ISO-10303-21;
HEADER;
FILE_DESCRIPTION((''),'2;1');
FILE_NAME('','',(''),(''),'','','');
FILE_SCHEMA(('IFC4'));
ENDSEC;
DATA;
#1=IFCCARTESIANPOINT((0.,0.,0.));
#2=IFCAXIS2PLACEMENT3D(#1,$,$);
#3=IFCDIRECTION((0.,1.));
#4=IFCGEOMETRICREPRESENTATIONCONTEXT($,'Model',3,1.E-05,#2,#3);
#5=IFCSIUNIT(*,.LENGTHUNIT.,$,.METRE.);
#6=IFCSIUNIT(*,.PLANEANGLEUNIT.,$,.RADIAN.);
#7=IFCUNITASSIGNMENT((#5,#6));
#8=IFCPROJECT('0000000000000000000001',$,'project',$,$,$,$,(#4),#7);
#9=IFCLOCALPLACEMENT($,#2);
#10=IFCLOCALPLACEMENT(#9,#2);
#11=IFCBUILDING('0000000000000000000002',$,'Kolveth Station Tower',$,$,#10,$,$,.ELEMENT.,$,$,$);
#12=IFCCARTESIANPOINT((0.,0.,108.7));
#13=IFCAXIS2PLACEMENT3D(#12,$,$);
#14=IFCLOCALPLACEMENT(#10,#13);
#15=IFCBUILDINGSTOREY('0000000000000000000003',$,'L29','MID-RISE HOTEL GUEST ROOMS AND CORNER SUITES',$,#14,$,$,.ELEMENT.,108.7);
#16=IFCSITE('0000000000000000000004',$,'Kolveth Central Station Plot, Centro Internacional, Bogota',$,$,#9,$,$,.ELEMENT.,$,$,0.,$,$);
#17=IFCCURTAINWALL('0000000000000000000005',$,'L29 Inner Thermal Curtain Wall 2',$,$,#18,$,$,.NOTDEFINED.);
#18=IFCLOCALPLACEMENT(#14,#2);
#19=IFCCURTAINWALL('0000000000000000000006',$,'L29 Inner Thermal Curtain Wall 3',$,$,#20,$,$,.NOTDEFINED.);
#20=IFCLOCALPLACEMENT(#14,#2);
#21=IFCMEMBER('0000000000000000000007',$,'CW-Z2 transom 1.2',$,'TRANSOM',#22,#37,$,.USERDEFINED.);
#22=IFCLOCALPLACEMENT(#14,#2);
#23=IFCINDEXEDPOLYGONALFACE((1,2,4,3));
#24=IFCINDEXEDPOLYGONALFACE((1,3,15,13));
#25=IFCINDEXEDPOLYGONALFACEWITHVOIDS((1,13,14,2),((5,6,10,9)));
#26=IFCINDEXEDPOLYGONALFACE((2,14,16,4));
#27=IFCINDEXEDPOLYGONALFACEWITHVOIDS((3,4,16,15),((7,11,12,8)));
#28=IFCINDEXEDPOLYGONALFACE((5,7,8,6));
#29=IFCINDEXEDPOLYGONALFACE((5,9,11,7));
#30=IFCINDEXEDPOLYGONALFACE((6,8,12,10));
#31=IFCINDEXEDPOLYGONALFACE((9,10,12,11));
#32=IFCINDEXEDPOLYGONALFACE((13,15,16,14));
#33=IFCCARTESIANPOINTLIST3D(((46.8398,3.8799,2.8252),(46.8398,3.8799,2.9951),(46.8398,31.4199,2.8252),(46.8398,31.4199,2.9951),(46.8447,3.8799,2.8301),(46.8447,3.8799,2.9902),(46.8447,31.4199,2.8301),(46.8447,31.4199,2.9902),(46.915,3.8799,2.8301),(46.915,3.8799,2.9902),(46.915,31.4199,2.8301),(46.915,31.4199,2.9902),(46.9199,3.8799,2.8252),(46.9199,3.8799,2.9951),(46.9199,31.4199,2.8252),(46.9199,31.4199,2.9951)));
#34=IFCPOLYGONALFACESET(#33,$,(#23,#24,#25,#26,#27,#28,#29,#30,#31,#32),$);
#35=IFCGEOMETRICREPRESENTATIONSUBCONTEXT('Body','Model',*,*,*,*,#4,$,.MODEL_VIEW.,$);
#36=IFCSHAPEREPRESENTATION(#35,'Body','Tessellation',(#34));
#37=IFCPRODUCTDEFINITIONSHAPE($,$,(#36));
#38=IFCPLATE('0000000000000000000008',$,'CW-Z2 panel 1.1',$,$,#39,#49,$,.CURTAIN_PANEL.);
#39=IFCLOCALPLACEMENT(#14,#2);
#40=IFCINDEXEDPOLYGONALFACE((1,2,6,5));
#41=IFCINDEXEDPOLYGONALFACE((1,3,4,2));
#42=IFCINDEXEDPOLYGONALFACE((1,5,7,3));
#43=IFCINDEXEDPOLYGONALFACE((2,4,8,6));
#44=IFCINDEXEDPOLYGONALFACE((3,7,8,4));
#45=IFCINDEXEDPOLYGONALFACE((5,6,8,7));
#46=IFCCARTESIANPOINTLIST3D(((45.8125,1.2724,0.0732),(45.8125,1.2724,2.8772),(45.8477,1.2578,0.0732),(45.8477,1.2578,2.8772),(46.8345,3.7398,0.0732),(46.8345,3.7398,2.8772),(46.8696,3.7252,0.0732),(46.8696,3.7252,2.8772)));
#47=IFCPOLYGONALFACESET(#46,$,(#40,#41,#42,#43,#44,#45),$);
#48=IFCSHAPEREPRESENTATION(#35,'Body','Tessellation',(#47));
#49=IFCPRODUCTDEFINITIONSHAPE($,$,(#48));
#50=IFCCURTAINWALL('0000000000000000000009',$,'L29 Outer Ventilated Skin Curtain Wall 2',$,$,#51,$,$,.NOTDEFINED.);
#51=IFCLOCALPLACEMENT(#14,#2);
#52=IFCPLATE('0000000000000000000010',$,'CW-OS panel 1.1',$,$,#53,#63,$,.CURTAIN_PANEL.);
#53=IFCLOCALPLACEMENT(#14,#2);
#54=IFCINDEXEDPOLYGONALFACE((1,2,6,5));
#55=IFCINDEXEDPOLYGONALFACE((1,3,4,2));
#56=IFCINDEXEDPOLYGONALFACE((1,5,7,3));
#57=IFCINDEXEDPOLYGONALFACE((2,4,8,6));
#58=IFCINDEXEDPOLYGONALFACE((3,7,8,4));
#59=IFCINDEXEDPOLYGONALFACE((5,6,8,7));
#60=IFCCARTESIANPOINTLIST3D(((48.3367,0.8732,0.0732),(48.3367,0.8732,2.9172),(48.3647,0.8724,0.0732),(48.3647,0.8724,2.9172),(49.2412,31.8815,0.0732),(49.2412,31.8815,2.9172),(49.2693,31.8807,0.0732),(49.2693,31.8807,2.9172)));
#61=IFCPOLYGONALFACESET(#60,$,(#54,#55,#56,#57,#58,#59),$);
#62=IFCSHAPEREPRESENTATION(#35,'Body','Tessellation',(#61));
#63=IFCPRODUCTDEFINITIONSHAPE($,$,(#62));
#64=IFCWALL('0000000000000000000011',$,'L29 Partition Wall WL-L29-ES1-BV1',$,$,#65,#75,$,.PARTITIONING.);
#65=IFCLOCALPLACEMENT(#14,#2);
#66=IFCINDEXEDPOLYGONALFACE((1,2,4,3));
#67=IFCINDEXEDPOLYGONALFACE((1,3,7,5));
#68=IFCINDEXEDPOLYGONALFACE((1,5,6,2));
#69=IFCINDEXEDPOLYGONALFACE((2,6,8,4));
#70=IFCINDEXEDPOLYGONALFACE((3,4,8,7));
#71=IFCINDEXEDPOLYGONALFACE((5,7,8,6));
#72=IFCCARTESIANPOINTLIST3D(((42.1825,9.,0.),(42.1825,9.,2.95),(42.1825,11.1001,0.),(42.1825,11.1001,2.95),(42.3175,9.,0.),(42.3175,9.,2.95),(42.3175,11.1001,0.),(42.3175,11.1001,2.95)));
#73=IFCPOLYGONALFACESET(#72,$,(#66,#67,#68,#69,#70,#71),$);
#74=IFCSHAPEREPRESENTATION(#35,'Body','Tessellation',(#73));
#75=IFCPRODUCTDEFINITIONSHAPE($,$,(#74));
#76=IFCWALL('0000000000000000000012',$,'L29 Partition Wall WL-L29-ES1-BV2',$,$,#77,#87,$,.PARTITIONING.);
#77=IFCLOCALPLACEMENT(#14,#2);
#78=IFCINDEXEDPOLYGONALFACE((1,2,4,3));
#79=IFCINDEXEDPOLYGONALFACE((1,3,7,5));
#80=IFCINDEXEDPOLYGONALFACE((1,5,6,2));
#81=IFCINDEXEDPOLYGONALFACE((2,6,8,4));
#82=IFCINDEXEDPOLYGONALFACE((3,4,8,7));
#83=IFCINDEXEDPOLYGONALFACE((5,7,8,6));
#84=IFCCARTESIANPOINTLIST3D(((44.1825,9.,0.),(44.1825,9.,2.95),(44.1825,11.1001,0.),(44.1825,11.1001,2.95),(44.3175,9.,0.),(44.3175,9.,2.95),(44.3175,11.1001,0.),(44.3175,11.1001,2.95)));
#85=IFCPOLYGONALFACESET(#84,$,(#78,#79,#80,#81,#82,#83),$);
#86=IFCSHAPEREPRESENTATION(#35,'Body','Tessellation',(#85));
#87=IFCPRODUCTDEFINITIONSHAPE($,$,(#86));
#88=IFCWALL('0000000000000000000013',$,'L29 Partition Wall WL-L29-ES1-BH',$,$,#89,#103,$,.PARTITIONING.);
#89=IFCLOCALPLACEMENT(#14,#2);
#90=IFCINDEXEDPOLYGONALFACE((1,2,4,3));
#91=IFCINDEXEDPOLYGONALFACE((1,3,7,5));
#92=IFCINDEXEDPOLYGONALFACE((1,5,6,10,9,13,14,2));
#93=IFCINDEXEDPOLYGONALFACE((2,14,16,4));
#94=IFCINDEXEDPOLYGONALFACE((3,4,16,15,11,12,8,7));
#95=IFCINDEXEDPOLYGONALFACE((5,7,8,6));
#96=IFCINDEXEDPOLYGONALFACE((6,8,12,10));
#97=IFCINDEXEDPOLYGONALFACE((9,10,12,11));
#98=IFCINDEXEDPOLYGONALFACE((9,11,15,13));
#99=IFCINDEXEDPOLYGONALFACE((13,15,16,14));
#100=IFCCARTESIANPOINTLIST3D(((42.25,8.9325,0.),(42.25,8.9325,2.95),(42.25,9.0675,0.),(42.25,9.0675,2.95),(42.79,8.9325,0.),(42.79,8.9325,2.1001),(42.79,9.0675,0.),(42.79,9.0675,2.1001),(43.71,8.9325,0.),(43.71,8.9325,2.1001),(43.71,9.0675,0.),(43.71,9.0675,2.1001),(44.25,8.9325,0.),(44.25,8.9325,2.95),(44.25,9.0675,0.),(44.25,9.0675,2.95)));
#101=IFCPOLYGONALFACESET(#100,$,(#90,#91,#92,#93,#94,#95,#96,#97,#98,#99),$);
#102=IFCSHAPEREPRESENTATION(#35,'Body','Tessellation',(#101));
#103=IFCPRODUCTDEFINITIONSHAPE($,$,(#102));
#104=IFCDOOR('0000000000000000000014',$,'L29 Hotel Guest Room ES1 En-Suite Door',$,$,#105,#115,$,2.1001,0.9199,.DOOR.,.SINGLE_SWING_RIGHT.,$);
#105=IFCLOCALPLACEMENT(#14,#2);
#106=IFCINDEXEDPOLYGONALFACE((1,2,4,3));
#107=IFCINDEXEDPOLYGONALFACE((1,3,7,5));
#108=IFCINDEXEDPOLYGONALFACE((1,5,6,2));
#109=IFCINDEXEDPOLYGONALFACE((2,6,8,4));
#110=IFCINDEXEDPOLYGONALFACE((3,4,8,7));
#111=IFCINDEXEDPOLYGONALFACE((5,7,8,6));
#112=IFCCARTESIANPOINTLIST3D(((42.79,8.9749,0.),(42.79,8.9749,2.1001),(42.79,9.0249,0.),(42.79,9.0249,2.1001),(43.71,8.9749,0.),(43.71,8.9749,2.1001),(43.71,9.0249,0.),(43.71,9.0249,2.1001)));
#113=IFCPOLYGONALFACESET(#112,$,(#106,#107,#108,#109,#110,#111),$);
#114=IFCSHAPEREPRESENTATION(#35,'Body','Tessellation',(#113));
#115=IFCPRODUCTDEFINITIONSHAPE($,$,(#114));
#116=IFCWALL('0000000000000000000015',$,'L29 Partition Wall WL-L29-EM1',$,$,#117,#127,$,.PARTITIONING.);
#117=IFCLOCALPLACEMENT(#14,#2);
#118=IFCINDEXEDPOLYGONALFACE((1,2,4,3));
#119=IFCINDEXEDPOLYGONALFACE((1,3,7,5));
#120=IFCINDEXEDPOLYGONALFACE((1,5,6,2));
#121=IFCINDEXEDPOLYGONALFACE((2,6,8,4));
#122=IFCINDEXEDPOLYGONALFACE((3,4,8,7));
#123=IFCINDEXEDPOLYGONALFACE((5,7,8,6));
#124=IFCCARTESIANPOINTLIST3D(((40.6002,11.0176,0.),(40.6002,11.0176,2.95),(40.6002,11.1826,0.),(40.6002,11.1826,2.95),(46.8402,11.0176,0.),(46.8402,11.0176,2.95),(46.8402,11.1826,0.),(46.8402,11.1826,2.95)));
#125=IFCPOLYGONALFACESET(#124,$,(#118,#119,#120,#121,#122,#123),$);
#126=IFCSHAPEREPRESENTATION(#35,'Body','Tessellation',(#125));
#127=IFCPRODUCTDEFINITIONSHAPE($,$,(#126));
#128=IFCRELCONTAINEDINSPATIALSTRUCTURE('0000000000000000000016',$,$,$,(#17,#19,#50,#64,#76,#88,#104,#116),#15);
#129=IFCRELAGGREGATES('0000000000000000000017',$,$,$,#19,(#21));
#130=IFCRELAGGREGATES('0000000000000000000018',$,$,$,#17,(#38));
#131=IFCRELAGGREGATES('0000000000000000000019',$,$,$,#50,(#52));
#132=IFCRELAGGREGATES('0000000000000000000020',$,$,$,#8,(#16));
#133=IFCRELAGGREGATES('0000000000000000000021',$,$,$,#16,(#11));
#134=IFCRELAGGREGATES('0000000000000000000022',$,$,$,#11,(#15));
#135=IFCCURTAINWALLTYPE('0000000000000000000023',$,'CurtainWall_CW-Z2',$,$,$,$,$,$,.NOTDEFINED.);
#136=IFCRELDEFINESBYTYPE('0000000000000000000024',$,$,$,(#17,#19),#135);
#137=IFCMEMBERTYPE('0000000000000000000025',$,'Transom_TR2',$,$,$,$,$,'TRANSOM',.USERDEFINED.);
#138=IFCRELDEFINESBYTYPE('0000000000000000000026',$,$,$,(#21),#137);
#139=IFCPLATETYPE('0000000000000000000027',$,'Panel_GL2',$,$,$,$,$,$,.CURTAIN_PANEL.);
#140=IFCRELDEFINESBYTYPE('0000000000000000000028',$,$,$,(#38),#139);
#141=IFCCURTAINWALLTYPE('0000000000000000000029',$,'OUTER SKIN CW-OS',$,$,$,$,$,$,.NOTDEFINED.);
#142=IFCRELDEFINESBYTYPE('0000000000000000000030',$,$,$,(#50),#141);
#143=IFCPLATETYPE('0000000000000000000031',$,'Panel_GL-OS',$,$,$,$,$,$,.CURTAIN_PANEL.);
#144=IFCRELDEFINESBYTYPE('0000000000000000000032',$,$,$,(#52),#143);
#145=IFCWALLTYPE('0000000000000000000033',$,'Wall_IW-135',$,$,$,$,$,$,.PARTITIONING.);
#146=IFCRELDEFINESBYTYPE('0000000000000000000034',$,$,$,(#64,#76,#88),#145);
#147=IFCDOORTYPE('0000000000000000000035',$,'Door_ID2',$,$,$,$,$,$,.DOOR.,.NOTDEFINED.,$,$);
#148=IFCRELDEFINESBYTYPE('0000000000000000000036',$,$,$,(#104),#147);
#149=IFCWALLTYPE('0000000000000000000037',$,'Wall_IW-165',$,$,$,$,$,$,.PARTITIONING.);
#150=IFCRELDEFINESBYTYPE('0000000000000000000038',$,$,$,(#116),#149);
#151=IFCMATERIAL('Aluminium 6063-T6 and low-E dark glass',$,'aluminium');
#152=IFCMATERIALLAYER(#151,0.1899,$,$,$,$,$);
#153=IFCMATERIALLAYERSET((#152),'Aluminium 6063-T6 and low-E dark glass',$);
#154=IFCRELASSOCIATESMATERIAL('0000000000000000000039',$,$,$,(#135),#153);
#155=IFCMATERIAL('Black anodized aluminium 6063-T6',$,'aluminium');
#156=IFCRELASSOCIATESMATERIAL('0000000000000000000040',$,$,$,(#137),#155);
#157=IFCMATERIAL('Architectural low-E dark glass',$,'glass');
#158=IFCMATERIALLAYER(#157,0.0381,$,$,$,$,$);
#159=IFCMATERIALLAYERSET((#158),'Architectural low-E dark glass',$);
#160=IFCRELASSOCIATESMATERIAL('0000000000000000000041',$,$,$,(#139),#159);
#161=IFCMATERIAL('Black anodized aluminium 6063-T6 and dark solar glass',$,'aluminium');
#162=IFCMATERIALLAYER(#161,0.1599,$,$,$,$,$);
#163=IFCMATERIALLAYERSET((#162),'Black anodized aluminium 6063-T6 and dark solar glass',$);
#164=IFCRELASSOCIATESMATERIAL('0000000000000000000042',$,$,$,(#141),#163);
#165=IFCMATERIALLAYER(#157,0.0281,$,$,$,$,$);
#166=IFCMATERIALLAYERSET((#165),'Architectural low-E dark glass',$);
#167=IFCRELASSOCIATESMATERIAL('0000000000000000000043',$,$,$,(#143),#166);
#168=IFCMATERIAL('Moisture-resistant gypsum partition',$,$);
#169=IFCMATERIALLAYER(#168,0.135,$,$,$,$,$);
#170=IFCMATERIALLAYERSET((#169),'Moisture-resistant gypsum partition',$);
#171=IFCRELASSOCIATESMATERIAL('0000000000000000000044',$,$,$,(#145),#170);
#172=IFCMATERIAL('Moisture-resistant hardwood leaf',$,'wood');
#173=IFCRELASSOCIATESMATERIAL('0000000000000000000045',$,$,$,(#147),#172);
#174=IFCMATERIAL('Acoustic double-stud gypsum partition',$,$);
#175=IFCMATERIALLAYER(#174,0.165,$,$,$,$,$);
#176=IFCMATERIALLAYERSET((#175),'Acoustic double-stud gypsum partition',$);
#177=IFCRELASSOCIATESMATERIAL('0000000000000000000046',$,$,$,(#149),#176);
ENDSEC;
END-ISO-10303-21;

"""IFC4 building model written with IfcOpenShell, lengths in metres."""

from ifc_helpers import new_model, si_unit, direction, frame, frame_2d, origin, origin_2d, place, context, subcontext, project, spatial, rectangle, hollow_rectangle, extrude, source, transform, mapped, material, layer, layer_set, material_profile, profile_set, type_object, element, fill, aggregate, save


model = new_model("IFC4")

# Units and contexts
model_context = context("Model", 3, precision=1e-05, world=origin(), true_north=direction((0.0, 1.0)))
body_context = subcontext(model_context, "Body", "Model", "MODEL_VIEW")
ifc_project = project(units=[si_unit("LENGTHUNIT", "METRE"), si_unit("PLANEANGLEUNIT", "RADIAN")], contexts=[model_context])

# Site, building, storey
site_placement = place(None, origin())
site = spatial("IfcSite", under=ifc_project, at=site_placement, Name="Kolveth Central Station Plot, Centro Internacional, Bogota", CompositionType="ELEMENT", RefElevation=0.0)
building_placement = place(site_placement, origin())
building = spatial("IfcBuilding", under=site, at=building_placement, Name="Kolveth Station Tower", CompositionType="ELEMENT")
storey_placement = place(building_placement, frame((0.0, 0.0, 108.7)))
storey = spatial("IfcBuildingStorey", under=building, at=storey_placement, Name="L29", Description="MID-RISE HOTEL GUEST ROOMS AND CORNER SUITES", CompositionType="ELEMENT", Elevation=108.7)

# Curtain wall
ifc_material_1 = material(Name="Aluminium 6063-T6 and low-E dark glass", Category="aluminium")
ifc_layer_1 = layer(ifc_material_1, 0.1899)
ifc_layer_set_1 = layer_set([ifc_layer_1], Name="Aluminium 6063-T6 and low-E dark glass")
curtain_wall_type_1 = type_object("IfcCurtainWallType", Name="CurtainWall_CW-Z2", PredefinedType="NOTDEFINED", material=ifc_layer_set_1)
curtain_wall_1_placement = place(storey_placement, origin())
curtain_wall_1 = element("IfcCurtainWall", 1, at=curtain_wall_1_placement, inside=storey, type_object=curtain_wall_type_1, Name="L29 Inner Thermal Curtain Wall 2", PredefinedType="NOTDEFINED")
ifc_material_2 = material(Name="Black anodized aluminium 6063-T6", Category="aluminium")

# Curtain wall
curtain_wall_2_placement = place(storey_placement, origin())
curtain_wall_2 = element("IfcCurtainWall", 2, at=curtain_wall_2_placement, inside=storey, type_object=curtain_wall_type_1, Name="L29 Inner Thermal Curtain Wall 3", PredefinedType="NOTDEFINED")

# Member
ifc_material_profile_1 = material_profile(ifc_material_2, hollow_rectangle(XDim=0.0801, YDim=0.1699, WallThickness=0.0049, at=origin_2d()), Name="ALU-80x170x5")
ifc_profile_set_1 = profile_set([ifc_material_profile_1], Name="Black anodized aluminium 6063-T6")
member_type_1 = type_object("IfcMemberType", Name="Transom_TR2", ElementType="TRANSOM", PredefinedType="USERDEFINED", material=ifc_profile_set_1)
shared_shape_1 = source(origin(), body_context, "Body", "SweptSolid", [
    extrude(hollow_rectangle(XDim=0.0801, YDim=0.1699, WallThickness=0.0049, at=origin_2d()), origin(), (0.0, 0.0, 1.0), 27.54),
])
member_1_placement = place(storey_placement, frame((46.8799, 3.8799, 2.9102), z_axis=(0.0, 1.0, 0.0), x_axis=(-1.0, 0.0, 0.0)))
member_1 = element("IfcMember", 3, at=member_1_placement, type_object=member_type_1, Name="CW-Z2 transom 1.2", ObjectType="TRANSOM", PredefinedType="USERDEFINED", context=body_context, shape_type="MappedRepresentation", body=[
    mapped(shared_shape_1, transform((0.0, 0.0, 0.0), x_axis=(1.0, 0.0, 0.0), y_axis=(0.0, 1.0, 0.0), z_axis=(0.0, 0.0, 1.0), scale=1.0)),
])
aggregate(curtain_wall_2, [member_1])

# Plate
ifc_material_3 = material(Name="Architectural low-E dark glass", Category="glass")
ifc_layer_2 = layer(ifc_material_3, 0.0381)
ifc_layer_set_2 = layer_set([ifc_layer_2], Name="Architectural low-E dark glass")
plate_type_1 = type_object("IfcPlateType", Name="Panel_GL2", PredefinedType="CURTAIN_PANEL", material=ifc_layer_set_2)
shared_shape_2 = source(origin(), body_context, "Body", "SweptSolid", [
    extrude(rectangle(XDim=2.6707, YDim=0.0381, at=origin_2d()), origin(), (0.0, 0.0, 1.0), 2.804),
])
plate_1_placement = place(storey_placement, frame((46.3411, 2.4988, 0.0732), z_axis=(0.0, 0.0, 1.0), x_axis=(0.382663, 0.923888, 0.0)))
plate_1 = element("IfcPlate", 4, at=plate_1_placement, type_object=plate_type_1, Name="CW-Z2 panel 1.1", PredefinedType="CURTAIN_PANEL", context=body_context, shape_type="MappedRepresentation", body=[
    mapped(shared_shape_2, transform((0.0, 0.0, 0.0), x_axis=(1.0, 0.0, 0.0), y_axis=(0.0, 1.0, 0.0), z_axis=(0.0, 0.0, 1.0), scale=1.0)),
])
aggregate(curtain_wall_1, [plate_1])

# Curtain wall, plate
ifc_material_4 = material(Name="Black anodized aluminium 6063-T6 and dark solar glass", Category="aluminium")
ifc_layer_3 = layer(ifc_material_4, 0.1599)
ifc_layer_set_3 = layer_set([ifc_layer_3], Name="Black anodized aluminium 6063-T6 and dark solar glass")
curtain_wall_type_2 = type_object("IfcCurtainWallType", Name="OUTER SKIN CW-OS", PredefinedType="NOTDEFINED", material=ifc_layer_set_3)
curtain_wall_3_placement = place(storey_placement, origin())
curtain_wall_3 = element("IfcCurtainWall", 5, at=curtain_wall_3_placement, inside=storey, type_object=curtain_wall_type_2, Name="L29 Outer Ventilated Skin Curtain Wall 2", PredefinedType="NOTDEFINED")
ifc_layer_4 = layer(ifc_material_3, 0.0281)
ifc_layer_set_4 = layer_set([ifc_layer_4], Name="Architectural low-E dark glass")
plate_type_2 = type_object("IfcPlateType", Name="Panel_GL-OS", PredefinedType="CURTAIN_PANEL", material=ifc_layer_set_4)
shared_shape_3 = source(origin(), body_context, "Body", "SweptSolid", [
    extrude(rectangle(XDim=31.0215, YDim=0.0281, at=origin_2d()), origin(), (0.0, 0.0, 1.0), 2.844),
])
plate_2_placement = place(storey_placement, frame((48.803, 16.377, 0.0732), z_axis=(0.0, 0.0, 1.0), x_axis=(0.029159, 0.999575, 0.0)))
plate_2 = element("IfcPlate", 6, at=plate_2_placement, type_object=plate_type_2, Name="CW-OS panel 1.1", PredefinedType="CURTAIN_PANEL", context=body_context, shape_type="MappedRepresentation", body=[
    mapped(shared_shape_3, transform((0.0, 0.0, 0.0), x_axis=(1.0, 0.0, 0.0), y_axis=(0.0, 1.0, 0.0), z_axis=(0.0, 0.0, 1.0), scale=1.0)),
])
aggregate(curtain_wall_3, [plate_2])

# Walls
ifc_material_5 = material(Name="Moisture-resistant gypsum partition")
ifc_layer_5 = layer(ifc_material_5, 0.135)
ifc_layer_set_5 = layer_set([ifc_layer_5], Name="Moisture-resistant gypsum partition")
wall_type_1 = type_object("IfcWallType", Name="Wall_IW-135", PredefinedType="PARTITIONING", material=ifc_layer_set_5)
for number, where, z_axis, x_axis, name in (
    (7, (42.25, 9.0, 0.0), (0.0, 0.0, 1.0), (0.0, 1.0, 0.0), "L29 Partition Wall WL-L29-ES1-BV1"),
    (8, (44.25, 9.0, 0.0), (0.0, 0.0, 1.0), (0.0, 1.0, 0.0), "L29 Partition Wall WL-L29-ES1-BV2"),
):
    element("IfcWall", number, at=place(storey_placement, frame(where, z_axis=z_axis, x_axis=x_axis)), inside=storey, type_object=wall_type_1, Name=name, PredefinedType="PARTITIONING", context=body_context, shape_type="SweptSolid", body=[
        extrude(rectangle(XDim=2.1001, YDim=0.135, at=frame_2d((1.05, 0.0))), origin(), (0.0, 0.0, 1.0), 2.95),
    ])

# Wall, opening, door
wall_1_placement = place(storey_placement, frame((42.25, 9.0, 0.0), z_axis=(0.0, 0.0, 1.0), x_axis=(1.0, 0.0, 0.0)))
wall_1 = element("IfcWall", 9, at=wall_1_placement, inside=storey, type_object=wall_type_1, Name="L29 Partition Wall WL-L29-ES1-BH", PredefinedType="PARTITIONING", context=body_context, shape_type="SweptSolid", body=[
    extrude(rectangle(XDim=2.0, YDim=0.135, at=frame_2d((1.0, 0.0))), origin(), (0.0, 0.0, 1.0), 2.95),
])
opening_placement = place(wall_1_placement, frame((0.54, 0.0, 0.0)))
opening = element("IfcOpeningElement", 10, at=opening_placement, cuts=wall_1, PredefinedType="OPENING", context=body_context, shape_type="SweptSolid", body=[
    extrude(rectangle(XDim=0.9199, YDim=2.1001, at=frame_2d((0.46, 1.05))), frame((0.0, 0.0774, 0.0), z_axis=(0.0, -1.0, 0.0), x_axis=(1.0, 0.0, 0.0)), (0.0, 0.0, 1.0), 0.155),
])
ifc_material_6 = material(Name="Moisture-resistant hardwood leaf", Category="wood")
door_type = type_object("IfcDoorType", Name="Door_ID2", OperationType="NOTDEFINED", PredefinedType="DOOR", material=ifc_material_6)
door_placement = place(opening_placement, origin())
door = element("IfcDoor", 11, at=door_placement, inside=storey, type_object=door_type, Name="L29 Hotel Guest Room ES1 En-Suite Door", OperationType="SINGLE_SWING_RIGHT", OverallHeight=2.1001, OverallWidth=0.9199, PredefinedType="DOOR", context=body_context, shape_type="SweptSolid", body=[
    extrude(rectangle(XDim=0.9199, YDim=2.1001, at=frame_2d((0.46, 1.05))), frame((0.0, 0.0249, 0.0), z_axis=(0.0, -1.0, 0.0), x_axis=(1.0, 0.0, 0.0)), (0.0, 0.0, 1.0), 0.05),
])
fill(opening, door)

# Wall
ifc_material_7 = material(Name="Acoustic double-stud gypsum partition")
ifc_layer_6 = layer(ifc_material_7, 0.165)
ifc_layer_set_6 = layer_set([ifc_layer_6], Name="Acoustic double-stud gypsum partition")
wall_type_2 = type_object("IfcWallType", Name="Wall_IW-165", PredefinedType="PARTITIONING", material=ifc_layer_set_6)
wall_2_placement = place(storey_placement, frame((40.6001, 11.1001, 0.0), z_axis=(0.0, 0.0, 1.0), x_axis=(1.0, 0.0, 0.0)))
element("IfcWall", 12, at=wall_2_placement, inside=storey, type_object=wall_type_2, Name="L29 Partition Wall WL-L29-EM1", PredefinedType="PARTITIONING", context=body_context, shape_type="SweptSolid", body=[
    extrude(rectangle(XDim=6.24, YDim=0.165, at=frame_2d((3.1201, 0.0))), origin(), (0.0, 0.0, 1.0), 2.95),
])

save(model, "model.ifc")
